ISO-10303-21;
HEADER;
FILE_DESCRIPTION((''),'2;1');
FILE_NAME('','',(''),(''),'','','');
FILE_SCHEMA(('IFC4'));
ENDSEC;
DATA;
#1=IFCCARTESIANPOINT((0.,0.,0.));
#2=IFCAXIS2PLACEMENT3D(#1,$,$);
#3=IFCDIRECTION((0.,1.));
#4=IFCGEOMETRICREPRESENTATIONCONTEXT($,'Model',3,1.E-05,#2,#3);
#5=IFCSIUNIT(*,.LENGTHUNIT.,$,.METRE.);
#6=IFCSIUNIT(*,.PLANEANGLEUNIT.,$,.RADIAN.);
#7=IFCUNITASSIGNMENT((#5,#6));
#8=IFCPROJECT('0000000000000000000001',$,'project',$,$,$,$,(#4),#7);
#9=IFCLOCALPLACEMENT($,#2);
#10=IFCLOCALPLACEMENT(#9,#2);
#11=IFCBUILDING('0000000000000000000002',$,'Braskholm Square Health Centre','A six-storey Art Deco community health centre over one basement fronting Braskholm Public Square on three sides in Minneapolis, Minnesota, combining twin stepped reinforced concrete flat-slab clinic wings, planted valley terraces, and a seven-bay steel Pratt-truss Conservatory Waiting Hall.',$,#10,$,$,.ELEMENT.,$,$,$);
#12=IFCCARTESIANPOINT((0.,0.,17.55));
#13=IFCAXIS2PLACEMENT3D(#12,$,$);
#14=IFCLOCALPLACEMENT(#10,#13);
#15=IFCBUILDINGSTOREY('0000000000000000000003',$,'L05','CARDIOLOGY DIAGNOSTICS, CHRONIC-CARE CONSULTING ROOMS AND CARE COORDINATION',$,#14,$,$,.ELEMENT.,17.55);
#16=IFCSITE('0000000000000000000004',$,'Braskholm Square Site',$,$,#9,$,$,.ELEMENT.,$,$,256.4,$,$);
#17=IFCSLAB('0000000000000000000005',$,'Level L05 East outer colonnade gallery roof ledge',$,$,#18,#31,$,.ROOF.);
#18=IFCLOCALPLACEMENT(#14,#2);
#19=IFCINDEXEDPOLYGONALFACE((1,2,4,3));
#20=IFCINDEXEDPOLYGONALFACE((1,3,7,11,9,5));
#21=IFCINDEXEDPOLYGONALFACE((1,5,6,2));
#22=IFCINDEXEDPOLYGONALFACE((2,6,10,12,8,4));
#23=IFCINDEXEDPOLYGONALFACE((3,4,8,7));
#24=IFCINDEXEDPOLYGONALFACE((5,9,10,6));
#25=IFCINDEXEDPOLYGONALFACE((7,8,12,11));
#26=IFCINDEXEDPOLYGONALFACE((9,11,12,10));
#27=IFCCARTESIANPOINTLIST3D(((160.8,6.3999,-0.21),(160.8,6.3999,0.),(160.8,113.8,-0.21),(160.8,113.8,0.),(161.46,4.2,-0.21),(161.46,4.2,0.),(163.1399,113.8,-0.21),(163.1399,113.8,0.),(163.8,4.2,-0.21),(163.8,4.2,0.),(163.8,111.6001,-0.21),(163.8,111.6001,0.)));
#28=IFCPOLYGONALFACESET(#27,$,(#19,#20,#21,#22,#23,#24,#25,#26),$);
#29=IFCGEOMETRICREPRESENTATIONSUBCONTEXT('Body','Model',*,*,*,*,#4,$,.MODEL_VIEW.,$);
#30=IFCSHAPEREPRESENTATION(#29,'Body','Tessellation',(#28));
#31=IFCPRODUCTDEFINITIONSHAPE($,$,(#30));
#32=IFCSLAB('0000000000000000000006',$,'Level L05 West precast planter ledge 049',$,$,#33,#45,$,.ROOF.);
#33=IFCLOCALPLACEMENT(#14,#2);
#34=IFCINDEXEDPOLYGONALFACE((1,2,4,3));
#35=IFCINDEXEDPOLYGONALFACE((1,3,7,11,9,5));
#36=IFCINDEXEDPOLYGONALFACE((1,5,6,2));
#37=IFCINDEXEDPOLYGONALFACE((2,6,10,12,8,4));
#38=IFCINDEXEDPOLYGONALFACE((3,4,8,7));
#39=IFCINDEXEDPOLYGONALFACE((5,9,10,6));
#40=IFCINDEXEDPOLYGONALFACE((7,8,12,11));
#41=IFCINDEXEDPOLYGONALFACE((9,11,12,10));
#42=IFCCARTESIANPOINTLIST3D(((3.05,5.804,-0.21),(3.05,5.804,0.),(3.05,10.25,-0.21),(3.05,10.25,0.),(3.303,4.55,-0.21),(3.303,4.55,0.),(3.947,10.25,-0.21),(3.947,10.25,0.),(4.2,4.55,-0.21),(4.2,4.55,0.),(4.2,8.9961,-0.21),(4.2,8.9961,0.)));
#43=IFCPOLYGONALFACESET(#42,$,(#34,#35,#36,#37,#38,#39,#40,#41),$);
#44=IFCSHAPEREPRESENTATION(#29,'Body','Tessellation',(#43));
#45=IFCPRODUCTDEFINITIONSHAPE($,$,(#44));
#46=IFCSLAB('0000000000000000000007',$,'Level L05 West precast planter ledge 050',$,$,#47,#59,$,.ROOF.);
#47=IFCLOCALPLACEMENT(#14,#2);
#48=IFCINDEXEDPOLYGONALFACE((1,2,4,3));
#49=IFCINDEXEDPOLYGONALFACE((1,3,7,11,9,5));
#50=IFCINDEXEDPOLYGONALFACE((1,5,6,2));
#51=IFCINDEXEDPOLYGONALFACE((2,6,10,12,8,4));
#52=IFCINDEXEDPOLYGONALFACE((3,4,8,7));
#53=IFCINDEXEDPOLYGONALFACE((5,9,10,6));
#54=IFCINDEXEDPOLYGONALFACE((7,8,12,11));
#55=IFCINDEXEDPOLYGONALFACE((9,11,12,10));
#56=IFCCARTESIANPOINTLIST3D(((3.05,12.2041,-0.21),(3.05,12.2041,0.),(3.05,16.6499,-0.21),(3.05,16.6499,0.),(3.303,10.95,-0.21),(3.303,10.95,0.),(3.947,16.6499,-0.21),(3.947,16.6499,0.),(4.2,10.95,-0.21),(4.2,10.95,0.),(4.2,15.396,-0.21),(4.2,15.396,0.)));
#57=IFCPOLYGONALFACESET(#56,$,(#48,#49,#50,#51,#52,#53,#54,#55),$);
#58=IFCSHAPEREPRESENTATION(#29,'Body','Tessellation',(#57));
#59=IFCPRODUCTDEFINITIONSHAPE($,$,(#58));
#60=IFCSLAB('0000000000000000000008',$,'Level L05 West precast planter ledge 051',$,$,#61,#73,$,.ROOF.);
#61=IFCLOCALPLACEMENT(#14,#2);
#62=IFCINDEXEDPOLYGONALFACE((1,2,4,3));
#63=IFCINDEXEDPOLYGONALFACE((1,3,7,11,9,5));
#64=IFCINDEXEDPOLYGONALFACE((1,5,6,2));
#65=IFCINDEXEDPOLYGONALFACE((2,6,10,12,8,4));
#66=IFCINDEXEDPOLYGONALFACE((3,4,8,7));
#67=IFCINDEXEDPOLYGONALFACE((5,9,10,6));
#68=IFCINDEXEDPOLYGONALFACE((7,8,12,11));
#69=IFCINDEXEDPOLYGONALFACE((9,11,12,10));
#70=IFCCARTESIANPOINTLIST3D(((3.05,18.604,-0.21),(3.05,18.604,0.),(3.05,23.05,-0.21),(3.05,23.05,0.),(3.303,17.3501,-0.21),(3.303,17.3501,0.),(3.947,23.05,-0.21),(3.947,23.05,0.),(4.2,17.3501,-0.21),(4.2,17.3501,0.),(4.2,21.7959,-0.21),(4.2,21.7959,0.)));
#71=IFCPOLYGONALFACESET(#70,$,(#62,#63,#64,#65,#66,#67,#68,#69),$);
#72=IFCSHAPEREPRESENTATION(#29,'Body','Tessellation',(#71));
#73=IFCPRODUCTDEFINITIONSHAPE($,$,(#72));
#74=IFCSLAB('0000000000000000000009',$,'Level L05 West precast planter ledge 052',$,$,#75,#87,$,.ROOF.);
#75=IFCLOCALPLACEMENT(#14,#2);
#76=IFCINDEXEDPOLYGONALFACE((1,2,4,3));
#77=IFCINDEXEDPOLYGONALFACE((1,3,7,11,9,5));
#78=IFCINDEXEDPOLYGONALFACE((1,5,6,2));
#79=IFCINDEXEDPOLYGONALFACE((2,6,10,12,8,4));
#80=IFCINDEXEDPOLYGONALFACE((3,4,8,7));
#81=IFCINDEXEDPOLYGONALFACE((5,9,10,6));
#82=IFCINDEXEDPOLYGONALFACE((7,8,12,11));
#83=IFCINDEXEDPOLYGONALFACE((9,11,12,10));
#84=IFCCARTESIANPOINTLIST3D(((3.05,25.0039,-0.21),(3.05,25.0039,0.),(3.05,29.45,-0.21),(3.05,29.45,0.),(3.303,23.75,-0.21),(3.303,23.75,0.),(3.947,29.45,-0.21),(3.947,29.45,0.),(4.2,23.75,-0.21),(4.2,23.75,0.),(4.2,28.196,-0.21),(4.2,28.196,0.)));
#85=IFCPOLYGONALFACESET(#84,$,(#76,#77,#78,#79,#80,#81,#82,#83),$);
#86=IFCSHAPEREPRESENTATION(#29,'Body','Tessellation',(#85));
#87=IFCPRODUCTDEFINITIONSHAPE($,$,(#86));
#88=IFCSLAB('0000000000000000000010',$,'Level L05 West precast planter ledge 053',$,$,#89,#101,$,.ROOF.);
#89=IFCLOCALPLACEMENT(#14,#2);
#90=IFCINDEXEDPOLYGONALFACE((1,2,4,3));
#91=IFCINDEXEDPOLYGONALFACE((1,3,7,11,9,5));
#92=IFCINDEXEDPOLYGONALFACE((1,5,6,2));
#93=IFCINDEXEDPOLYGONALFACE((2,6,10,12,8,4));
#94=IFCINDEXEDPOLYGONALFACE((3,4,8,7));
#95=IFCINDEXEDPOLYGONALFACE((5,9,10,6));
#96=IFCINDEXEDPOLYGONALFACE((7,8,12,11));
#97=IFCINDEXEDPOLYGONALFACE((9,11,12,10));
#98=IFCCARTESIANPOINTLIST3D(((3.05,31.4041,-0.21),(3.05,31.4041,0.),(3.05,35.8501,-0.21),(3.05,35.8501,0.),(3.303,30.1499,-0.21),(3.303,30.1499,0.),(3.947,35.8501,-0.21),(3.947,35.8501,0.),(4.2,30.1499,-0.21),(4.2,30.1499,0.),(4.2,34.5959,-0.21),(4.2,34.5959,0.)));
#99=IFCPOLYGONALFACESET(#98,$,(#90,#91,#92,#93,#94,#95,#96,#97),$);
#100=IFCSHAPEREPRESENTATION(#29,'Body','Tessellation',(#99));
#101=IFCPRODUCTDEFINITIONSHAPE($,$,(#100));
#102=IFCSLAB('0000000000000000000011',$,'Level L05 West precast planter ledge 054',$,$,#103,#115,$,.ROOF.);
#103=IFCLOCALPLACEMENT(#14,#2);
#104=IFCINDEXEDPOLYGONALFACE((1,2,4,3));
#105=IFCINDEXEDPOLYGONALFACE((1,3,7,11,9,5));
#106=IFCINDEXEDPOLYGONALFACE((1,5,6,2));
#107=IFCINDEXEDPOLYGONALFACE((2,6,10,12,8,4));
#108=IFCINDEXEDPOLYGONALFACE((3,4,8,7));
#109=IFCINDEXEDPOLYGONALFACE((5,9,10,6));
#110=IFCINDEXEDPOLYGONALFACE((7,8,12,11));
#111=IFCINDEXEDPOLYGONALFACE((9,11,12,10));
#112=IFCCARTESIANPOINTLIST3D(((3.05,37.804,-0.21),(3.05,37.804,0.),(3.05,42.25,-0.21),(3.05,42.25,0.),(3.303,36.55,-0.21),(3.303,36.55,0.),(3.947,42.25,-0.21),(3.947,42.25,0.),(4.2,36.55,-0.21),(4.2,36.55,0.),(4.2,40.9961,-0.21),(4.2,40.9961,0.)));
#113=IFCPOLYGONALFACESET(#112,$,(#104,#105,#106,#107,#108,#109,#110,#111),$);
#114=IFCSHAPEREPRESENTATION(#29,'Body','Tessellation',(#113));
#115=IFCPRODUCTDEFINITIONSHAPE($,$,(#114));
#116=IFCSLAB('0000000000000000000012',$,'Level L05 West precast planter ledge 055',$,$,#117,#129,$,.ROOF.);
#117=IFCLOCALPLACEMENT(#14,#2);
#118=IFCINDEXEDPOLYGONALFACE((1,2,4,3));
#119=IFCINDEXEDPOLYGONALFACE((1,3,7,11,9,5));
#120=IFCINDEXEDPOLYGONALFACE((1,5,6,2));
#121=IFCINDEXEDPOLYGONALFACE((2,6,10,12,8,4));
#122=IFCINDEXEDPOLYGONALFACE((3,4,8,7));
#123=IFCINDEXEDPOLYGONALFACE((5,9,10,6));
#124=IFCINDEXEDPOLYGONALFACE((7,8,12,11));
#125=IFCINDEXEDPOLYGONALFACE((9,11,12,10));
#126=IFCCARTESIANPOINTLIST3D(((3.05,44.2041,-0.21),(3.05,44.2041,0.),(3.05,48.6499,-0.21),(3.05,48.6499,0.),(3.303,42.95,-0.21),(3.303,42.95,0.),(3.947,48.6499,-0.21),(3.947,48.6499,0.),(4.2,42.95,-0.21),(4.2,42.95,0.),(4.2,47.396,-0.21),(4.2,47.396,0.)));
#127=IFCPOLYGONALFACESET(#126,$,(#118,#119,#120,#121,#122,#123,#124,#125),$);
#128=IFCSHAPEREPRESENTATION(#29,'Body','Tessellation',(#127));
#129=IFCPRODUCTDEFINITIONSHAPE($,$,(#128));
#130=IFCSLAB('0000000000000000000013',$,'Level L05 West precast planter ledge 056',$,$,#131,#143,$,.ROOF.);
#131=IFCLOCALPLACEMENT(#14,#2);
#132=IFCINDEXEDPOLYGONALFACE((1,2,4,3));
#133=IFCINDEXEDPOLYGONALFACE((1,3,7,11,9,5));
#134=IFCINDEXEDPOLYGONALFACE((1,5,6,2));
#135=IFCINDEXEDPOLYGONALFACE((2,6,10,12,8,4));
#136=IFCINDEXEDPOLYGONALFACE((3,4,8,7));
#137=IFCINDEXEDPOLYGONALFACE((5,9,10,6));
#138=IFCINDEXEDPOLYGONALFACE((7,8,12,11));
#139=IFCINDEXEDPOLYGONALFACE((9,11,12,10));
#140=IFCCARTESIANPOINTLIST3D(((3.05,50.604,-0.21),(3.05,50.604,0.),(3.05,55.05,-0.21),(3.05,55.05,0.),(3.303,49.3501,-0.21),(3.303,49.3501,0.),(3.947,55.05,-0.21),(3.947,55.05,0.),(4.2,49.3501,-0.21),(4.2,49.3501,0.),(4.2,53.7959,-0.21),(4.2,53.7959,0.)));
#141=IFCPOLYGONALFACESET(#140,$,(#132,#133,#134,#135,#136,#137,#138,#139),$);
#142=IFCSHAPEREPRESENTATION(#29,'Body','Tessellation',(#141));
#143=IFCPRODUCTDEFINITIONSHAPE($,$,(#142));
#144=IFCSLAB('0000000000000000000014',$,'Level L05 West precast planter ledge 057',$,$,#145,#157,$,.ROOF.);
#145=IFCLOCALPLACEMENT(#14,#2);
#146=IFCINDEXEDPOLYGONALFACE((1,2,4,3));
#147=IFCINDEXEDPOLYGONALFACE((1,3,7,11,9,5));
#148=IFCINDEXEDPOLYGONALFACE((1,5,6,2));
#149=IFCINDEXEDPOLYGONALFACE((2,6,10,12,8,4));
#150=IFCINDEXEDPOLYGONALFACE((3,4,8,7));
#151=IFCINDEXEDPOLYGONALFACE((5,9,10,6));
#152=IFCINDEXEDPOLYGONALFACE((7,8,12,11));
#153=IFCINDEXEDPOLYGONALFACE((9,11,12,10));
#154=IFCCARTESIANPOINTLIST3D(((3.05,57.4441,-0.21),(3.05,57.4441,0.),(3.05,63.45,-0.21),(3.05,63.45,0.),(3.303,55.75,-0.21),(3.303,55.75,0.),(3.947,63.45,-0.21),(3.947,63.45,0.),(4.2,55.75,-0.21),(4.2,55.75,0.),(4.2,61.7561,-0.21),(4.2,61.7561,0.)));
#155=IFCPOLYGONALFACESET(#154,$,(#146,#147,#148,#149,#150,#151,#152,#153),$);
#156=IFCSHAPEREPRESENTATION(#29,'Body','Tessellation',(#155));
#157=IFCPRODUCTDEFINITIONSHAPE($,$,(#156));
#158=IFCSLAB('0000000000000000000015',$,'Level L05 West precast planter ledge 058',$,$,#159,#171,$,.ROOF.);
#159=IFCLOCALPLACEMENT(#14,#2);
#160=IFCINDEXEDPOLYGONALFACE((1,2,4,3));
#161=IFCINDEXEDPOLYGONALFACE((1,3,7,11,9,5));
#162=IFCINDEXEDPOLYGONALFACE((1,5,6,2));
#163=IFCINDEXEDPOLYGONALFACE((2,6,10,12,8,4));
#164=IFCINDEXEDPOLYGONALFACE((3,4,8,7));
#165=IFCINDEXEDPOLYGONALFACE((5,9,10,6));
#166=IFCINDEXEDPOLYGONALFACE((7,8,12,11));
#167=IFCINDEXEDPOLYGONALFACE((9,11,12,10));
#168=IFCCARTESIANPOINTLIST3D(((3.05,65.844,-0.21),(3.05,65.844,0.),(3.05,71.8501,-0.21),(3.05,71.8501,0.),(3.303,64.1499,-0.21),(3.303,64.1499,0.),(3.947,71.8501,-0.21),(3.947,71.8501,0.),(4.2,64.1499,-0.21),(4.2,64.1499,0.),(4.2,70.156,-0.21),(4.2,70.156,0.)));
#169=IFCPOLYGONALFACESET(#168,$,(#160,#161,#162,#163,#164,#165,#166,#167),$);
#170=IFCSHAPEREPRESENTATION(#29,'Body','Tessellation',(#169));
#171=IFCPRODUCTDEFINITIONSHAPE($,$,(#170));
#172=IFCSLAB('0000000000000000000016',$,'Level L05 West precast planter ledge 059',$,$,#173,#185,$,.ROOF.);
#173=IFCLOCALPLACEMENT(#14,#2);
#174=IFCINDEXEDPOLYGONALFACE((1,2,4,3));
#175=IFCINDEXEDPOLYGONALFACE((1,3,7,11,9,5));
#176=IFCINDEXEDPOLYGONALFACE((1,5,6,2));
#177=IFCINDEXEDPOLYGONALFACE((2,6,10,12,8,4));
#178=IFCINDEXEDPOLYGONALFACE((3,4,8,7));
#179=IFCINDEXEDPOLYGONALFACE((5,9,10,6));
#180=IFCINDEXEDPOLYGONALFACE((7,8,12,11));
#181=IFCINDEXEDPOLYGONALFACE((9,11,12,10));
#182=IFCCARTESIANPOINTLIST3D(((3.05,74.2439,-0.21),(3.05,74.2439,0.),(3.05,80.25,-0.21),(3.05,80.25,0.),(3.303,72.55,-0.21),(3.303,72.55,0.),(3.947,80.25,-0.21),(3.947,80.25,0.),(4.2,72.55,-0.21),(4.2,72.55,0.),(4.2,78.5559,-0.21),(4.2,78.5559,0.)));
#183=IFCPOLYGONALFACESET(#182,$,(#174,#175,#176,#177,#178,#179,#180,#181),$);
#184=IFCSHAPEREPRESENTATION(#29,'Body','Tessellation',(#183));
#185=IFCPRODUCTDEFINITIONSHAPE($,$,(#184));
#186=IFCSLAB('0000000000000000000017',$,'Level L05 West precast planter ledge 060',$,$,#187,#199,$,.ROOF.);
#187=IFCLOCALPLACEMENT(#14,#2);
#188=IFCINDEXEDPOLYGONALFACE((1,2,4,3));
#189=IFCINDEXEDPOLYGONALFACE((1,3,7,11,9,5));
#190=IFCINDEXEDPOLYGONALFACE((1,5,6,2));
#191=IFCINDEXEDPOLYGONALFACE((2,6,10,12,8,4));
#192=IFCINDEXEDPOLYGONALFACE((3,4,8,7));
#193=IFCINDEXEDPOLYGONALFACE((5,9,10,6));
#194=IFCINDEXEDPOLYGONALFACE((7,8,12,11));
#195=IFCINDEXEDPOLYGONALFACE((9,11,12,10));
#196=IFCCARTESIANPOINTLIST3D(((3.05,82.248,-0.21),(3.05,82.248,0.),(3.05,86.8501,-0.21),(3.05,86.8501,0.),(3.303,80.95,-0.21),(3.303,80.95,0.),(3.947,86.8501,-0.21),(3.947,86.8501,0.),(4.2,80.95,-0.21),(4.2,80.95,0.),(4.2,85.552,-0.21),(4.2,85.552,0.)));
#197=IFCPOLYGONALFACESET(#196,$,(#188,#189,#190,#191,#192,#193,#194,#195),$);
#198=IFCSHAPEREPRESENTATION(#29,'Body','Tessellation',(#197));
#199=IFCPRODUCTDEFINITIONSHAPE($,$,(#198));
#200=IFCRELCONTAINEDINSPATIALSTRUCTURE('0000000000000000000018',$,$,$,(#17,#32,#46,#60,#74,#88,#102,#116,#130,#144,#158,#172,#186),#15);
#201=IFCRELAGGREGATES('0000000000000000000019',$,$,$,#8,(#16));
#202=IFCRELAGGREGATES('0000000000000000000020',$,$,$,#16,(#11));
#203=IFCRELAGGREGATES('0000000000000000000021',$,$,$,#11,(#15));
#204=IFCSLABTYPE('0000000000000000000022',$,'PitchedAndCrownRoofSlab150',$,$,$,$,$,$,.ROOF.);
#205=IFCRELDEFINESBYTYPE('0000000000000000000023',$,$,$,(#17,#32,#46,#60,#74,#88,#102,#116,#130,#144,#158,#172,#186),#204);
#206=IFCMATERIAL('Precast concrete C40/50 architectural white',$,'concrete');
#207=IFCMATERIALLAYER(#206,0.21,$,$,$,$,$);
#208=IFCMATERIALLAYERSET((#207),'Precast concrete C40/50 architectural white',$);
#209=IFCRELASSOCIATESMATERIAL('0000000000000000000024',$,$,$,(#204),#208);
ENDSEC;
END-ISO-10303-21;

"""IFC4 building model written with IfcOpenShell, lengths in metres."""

from ifc_helpers import new_model, si_unit, direction, frame, origin, place, context, subcontext, project, spatial, polyline, outline, extrude, material, layer, layer_set, type_object, element, save


model = new_model("IFC4")

# Units and contexts
model_context = context("Model", 3, precision=1e-05, world=origin(), true_north=direction((0.0, 1.0)))
body_context = subcontext(model_context, "Body", "Model", "MODEL_VIEW")
ifc_project = project(units=[si_unit("LENGTHUNIT", "METRE"), si_unit("PLANEANGLEUNIT", "RADIAN")], contexts=[model_context])

# Site, building, storey
site_placement = place(None, origin())
site = spatial("IfcSite", under=ifc_project, at=site_placement, Name="Braskholm Square Site", CompositionType="ELEMENT", RefElevation=256.4)
building_placement = place(site_placement, origin())
building = spatial("IfcBuilding", under=site, at=building_placement, Name="Braskholm Square Health Centre", Description="A six-storey Art Deco community health centre over one basement fronting Braskholm Public Square on three sides in Minneapolis, Minnesota, combining twin stepped reinforced concrete flat-slab clinic wings, planted valley terraces, and a seven-bay steel Pratt-truss Conservatory Waiting Hall.", CompositionType="ELEMENT")
storey_placement = place(building_placement, frame((0.0, 0.0, 17.55)))
storey = spatial("IfcBuildingStorey", under=building, at=storey_placement, Name="L05", Description="CARDIOLOGY DIAGNOSTICS, CHRONIC-CARE CONSULTING ROOMS AND CARE COORDINATION", CompositionType="ELEMENT", Elevation=17.55)

# Slabs
ifc_material_1 = material(Name="Precast concrete C40/50 architectural white", Category="concrete")
ifc_layer_1 = layer(ifc_material_1, 0.21)
ifc_layer_set_1 = layer_set([ifc_layer_1], Name="Precast concrete C40/50 architectural white")
slab_type_1 = type_object("IfcSlabType", Name="PitchedAndCrownRoofSlab150", PredefinedType="ROOF", material=ifc_layer_set_1)
slab_1_placement = place(storey_placement, frame((0.0, 0.0, -0.21)))
element("IfcSlab", 1, at=slab_1_placement, inside=storey, type_object=slab_type_1, Name="Level L05 East outer colonnade gallery roof ledge", PredefinedType="ROOF", context=body_context, shape_type="SweptSolid", body=[
    extrude(outline(polyline([(161.46, 4.2), (163.8, 4.2), (163.8, 111.6001), (163.1399, 113.8), (160.8, 113.8), (160.8, 6.3999), (161.46, 4.2)])), origin(), (0.0, 0.0, 1.0), 0.21),
])
slab_2_placement = place(storey_placement, frame((0.0, 0.0, -0.21)))
element("IfcSlab", 2, at=slab_2_placement, inside=storey, type_object=slab_type_1, Name="Level L05 West precast planter ledge 049", PredefinedType="ROOF", context=body_context, shape_type="SweptSolid", body=[
    extrude(outline(polyline([(3.303, 4.55), (4.2, 4.55), (4.2, 8.9961), (3.947, 10.25), (3.05, 10.25), (3.05, 5.804), (3.303, 4.55)])), origin(), (0.0, 0.0, 1.0), 0.21),
])
slab_3_placement = place(storey_placement, frame((0.0, 0.0, -0.21)))
element("IfcSlab", 3, at=slab_3_placement, inside=storey, type_object=slab_type_1, Name="Level L05 West precast planter ledge 050", PredefinedType="ROOF", context=body_context, shape_type="SweptSolid", body=[
    extrude(outline(polyline([(3.303, 10.95), (4.2, 10.95), (4.2, 15.396), (3.947, 16.6499), (3.05, 16.6499), (3.05, 12.2041), (3.303, 10.95)])), origin(), (0.0, 0.0, 1.0), 0.21),
])
slab_4_placement = place(storey_placement, frame((0.0, 0.0, -0.21)))
element("IfcSlab", 4, at=slab_4_placement, inside=storey, type_object=slab_type_1, Name="Level L05 West precast planter ledge 051", PredefinedType="ROOF", context=body_context, shape_type="SweptSolid", body=[
    extrude(outline(polyline([(3.303, 17.3501), (4.2, 17.3501), (4.2, 21.7959), (3.947, 23.05), (3.05, 23.05), (3.05, 18.604), (3.303, 17.3501)])), origin(), (0.0, 0.0, 1.0), 0.21),
])
slab_5_placement = place(storey_placement, frame((0.0, 0.0, -0.21)))
element("IfcSlab", 5, at=slab_5_placement, inside=storey, type_object=slab_type_1, Name="Level L05 West precast planter ledge 052", PredefinedType="ROOF", context=body_context, shape_type="SweptSolid", body=[
    extrude(outline(polyline([(3.303, 23.75), (4.2, 23.75), (4.2, 28.196), (3.947, 29.45), (3.05, 29.45), (3.05, 25.0039), (3.303, 23.75)])), origin(), (0.0, 0.0, 1.0), 0.21),
])
slab_6_placement = place(storey_placement, frame((0.0, 0.0, -0.21)))
element("IfcSlab", 6, at=slab_6_placement, inside=storey, type_object=slab_type_1, Name="Level L05 West precast planter ledge 053", PredefinedType="ROOF", context=body_context, shape_type="SweptSolid", body=[
    extrude(outline(polyline([(3.303, 30.1499), (4.2, 30.1499), (4.2, 34.5959), (3.947, 35.8501), (3.05, 35.8501), (3.05, 31.4041), (3.303, 30.1499)])), origin(), (0.0, 0.0, 1.0), 0.21),
])
slab_7_placement = place(storey_placement, frame((0.0, 0.0, -0.21)))
element("IfcSlab", 7, at=slab_7_placement, inside=storey, type_object=slab_type_1, Name="Level L05 West precast planter ledge 054", PredefinedType="ROOF", context=body_context, shape_type="SweptSolid", body=[
    extrude(outline(polyline([(3.303, 36.55), (4.2, 36.55), (4.2, 40.9961), (3.947, 42.25), (3.05, 42.25), (3.05, 37.804), (3.303, 36.55)])), origin(), (0.0, 0.0, 1.0), 0.21),
])
slab_8_placement = place(storey_placement, frame((0.0, 0.0, -0.21)))
element("IfcSlab", 8, at=slab_8_placement, inside=storey, type_object=slab_type_1, Name="Level L05 West precast planter ledge 055", PredefinedType="ROOF", context=body_context, shape_type="SweptSolid", body=[
    extrude(outline(polyline([(3.303, 42.95), (4.2, 42.95), (4.2, 47.396), (3.947, 48.6499), (3.05, 48.6499), (3.05, 44.2041), (3.303, 42.95)])), origin(), (0.0, 0.0, 1.0), 0.21),
])
slab_9_placement = place(storey_placement, frame((0.0, 0.0, -0.21)))
element("IfcSlab", 9, at=slab_9_placement, inside=storey, type_object=slab_type_1, Name="Level L05 West precast planter ledge 056", PredefinedType="ROOF", context=body_context, shape_type="SweptSolid", body=[
    extrude(outline(polyline([(3.303, 49.3501), (4.2, 49.3501), (4.2, 53.7959), (3.947, 55.05), (3.05, 55.05), (3.05, 50.604), (3.303, 49.3501)])), origin(), (0.0, 0.0, 1.0), 0.21),
])
slab_10_placement = place(storey_placement, frame((0.0, 0.0, -0.21)))
element("IfcSlab", 10, at=slab_10_placement, inside=storey, type_object=slab_type_1, Name="Level L05 West precast planter ledge 057", PredefinedType="ROOF", context=body_context, shape_type="SweptSolid", body=[
    extrude(outline(polyline([(3.303, 55.75), (4.2, 55.75), (4.2, 61.7561), (3.947, 63.45), (3.05, 63.45), (3.05, 57.4441), (3.303, 55.75)])), origin(), (0.0, 0.0, 1.0), 0.21),
])
slab_11_placement = place(storey_placement, frame((0.0, 0.0, -0.21)))
element("IfcSlab", 11, at=slab_11_placement, inside=storey, type_object=slab_type_1, Name="Level L05 West precast planter ledge 058", PredefinedType="ROOF", context=body_context, shape_type="SweptSolid", body=[
    extrude(outline(polyline([(3.303, 64.1499), (4.2, 64.1499), (4.2, 70.156), (3.947, 71.8501), (3.05, 71.8501), (3.05, 65.844), (3.303, 64.1499)])), origin(), (0.0, 0.0, 1.0), 0.21),
])
slab_12_placement = place(storey_placement, frame((0.0, 0.0, -0.21)))
element("IfcSlab", 12, at=slab_12_placement, inside=storey, type_object=slab_type_1, Name="Level L05 West precast planter ledge 059", PredefinedType="ROOF", context=body_context, shape_type="SweptSolid", body=[
    extrude(outline(polyline([(3.303, 72.55), (4.2, 72.55), (4.2, 78.5559), (3.947, 80.25), (3.05, 80.25), (3.05, 74.2439), (3.303, 72.55)])), origin(), (0.0, 0.0, 1.0), 0.21),
])
slab_13_placement = place(storey_placement, frame((0.0, 0.0, -0.21)))
element("IfcSlab", 13, at=slab_13_placement, inside=storey, type_object=slab_type_1, Name="Level L05 West precast planter ledge 060", PredefinedType="ROOF", context=body_context, shape_type="SweptSolid", body=[
    extrude(outline(polyline([(3.303, 80.95), (4.2, 80.95), (4.2, 85.552), (3.947, 86.8501), (3.05, 86.8501), (3.05, 82.248), (3.303, 80.95)])), origin(), (0.0, 0.0, 1.0), 0.21),
])

save(model, "model.ifc")
